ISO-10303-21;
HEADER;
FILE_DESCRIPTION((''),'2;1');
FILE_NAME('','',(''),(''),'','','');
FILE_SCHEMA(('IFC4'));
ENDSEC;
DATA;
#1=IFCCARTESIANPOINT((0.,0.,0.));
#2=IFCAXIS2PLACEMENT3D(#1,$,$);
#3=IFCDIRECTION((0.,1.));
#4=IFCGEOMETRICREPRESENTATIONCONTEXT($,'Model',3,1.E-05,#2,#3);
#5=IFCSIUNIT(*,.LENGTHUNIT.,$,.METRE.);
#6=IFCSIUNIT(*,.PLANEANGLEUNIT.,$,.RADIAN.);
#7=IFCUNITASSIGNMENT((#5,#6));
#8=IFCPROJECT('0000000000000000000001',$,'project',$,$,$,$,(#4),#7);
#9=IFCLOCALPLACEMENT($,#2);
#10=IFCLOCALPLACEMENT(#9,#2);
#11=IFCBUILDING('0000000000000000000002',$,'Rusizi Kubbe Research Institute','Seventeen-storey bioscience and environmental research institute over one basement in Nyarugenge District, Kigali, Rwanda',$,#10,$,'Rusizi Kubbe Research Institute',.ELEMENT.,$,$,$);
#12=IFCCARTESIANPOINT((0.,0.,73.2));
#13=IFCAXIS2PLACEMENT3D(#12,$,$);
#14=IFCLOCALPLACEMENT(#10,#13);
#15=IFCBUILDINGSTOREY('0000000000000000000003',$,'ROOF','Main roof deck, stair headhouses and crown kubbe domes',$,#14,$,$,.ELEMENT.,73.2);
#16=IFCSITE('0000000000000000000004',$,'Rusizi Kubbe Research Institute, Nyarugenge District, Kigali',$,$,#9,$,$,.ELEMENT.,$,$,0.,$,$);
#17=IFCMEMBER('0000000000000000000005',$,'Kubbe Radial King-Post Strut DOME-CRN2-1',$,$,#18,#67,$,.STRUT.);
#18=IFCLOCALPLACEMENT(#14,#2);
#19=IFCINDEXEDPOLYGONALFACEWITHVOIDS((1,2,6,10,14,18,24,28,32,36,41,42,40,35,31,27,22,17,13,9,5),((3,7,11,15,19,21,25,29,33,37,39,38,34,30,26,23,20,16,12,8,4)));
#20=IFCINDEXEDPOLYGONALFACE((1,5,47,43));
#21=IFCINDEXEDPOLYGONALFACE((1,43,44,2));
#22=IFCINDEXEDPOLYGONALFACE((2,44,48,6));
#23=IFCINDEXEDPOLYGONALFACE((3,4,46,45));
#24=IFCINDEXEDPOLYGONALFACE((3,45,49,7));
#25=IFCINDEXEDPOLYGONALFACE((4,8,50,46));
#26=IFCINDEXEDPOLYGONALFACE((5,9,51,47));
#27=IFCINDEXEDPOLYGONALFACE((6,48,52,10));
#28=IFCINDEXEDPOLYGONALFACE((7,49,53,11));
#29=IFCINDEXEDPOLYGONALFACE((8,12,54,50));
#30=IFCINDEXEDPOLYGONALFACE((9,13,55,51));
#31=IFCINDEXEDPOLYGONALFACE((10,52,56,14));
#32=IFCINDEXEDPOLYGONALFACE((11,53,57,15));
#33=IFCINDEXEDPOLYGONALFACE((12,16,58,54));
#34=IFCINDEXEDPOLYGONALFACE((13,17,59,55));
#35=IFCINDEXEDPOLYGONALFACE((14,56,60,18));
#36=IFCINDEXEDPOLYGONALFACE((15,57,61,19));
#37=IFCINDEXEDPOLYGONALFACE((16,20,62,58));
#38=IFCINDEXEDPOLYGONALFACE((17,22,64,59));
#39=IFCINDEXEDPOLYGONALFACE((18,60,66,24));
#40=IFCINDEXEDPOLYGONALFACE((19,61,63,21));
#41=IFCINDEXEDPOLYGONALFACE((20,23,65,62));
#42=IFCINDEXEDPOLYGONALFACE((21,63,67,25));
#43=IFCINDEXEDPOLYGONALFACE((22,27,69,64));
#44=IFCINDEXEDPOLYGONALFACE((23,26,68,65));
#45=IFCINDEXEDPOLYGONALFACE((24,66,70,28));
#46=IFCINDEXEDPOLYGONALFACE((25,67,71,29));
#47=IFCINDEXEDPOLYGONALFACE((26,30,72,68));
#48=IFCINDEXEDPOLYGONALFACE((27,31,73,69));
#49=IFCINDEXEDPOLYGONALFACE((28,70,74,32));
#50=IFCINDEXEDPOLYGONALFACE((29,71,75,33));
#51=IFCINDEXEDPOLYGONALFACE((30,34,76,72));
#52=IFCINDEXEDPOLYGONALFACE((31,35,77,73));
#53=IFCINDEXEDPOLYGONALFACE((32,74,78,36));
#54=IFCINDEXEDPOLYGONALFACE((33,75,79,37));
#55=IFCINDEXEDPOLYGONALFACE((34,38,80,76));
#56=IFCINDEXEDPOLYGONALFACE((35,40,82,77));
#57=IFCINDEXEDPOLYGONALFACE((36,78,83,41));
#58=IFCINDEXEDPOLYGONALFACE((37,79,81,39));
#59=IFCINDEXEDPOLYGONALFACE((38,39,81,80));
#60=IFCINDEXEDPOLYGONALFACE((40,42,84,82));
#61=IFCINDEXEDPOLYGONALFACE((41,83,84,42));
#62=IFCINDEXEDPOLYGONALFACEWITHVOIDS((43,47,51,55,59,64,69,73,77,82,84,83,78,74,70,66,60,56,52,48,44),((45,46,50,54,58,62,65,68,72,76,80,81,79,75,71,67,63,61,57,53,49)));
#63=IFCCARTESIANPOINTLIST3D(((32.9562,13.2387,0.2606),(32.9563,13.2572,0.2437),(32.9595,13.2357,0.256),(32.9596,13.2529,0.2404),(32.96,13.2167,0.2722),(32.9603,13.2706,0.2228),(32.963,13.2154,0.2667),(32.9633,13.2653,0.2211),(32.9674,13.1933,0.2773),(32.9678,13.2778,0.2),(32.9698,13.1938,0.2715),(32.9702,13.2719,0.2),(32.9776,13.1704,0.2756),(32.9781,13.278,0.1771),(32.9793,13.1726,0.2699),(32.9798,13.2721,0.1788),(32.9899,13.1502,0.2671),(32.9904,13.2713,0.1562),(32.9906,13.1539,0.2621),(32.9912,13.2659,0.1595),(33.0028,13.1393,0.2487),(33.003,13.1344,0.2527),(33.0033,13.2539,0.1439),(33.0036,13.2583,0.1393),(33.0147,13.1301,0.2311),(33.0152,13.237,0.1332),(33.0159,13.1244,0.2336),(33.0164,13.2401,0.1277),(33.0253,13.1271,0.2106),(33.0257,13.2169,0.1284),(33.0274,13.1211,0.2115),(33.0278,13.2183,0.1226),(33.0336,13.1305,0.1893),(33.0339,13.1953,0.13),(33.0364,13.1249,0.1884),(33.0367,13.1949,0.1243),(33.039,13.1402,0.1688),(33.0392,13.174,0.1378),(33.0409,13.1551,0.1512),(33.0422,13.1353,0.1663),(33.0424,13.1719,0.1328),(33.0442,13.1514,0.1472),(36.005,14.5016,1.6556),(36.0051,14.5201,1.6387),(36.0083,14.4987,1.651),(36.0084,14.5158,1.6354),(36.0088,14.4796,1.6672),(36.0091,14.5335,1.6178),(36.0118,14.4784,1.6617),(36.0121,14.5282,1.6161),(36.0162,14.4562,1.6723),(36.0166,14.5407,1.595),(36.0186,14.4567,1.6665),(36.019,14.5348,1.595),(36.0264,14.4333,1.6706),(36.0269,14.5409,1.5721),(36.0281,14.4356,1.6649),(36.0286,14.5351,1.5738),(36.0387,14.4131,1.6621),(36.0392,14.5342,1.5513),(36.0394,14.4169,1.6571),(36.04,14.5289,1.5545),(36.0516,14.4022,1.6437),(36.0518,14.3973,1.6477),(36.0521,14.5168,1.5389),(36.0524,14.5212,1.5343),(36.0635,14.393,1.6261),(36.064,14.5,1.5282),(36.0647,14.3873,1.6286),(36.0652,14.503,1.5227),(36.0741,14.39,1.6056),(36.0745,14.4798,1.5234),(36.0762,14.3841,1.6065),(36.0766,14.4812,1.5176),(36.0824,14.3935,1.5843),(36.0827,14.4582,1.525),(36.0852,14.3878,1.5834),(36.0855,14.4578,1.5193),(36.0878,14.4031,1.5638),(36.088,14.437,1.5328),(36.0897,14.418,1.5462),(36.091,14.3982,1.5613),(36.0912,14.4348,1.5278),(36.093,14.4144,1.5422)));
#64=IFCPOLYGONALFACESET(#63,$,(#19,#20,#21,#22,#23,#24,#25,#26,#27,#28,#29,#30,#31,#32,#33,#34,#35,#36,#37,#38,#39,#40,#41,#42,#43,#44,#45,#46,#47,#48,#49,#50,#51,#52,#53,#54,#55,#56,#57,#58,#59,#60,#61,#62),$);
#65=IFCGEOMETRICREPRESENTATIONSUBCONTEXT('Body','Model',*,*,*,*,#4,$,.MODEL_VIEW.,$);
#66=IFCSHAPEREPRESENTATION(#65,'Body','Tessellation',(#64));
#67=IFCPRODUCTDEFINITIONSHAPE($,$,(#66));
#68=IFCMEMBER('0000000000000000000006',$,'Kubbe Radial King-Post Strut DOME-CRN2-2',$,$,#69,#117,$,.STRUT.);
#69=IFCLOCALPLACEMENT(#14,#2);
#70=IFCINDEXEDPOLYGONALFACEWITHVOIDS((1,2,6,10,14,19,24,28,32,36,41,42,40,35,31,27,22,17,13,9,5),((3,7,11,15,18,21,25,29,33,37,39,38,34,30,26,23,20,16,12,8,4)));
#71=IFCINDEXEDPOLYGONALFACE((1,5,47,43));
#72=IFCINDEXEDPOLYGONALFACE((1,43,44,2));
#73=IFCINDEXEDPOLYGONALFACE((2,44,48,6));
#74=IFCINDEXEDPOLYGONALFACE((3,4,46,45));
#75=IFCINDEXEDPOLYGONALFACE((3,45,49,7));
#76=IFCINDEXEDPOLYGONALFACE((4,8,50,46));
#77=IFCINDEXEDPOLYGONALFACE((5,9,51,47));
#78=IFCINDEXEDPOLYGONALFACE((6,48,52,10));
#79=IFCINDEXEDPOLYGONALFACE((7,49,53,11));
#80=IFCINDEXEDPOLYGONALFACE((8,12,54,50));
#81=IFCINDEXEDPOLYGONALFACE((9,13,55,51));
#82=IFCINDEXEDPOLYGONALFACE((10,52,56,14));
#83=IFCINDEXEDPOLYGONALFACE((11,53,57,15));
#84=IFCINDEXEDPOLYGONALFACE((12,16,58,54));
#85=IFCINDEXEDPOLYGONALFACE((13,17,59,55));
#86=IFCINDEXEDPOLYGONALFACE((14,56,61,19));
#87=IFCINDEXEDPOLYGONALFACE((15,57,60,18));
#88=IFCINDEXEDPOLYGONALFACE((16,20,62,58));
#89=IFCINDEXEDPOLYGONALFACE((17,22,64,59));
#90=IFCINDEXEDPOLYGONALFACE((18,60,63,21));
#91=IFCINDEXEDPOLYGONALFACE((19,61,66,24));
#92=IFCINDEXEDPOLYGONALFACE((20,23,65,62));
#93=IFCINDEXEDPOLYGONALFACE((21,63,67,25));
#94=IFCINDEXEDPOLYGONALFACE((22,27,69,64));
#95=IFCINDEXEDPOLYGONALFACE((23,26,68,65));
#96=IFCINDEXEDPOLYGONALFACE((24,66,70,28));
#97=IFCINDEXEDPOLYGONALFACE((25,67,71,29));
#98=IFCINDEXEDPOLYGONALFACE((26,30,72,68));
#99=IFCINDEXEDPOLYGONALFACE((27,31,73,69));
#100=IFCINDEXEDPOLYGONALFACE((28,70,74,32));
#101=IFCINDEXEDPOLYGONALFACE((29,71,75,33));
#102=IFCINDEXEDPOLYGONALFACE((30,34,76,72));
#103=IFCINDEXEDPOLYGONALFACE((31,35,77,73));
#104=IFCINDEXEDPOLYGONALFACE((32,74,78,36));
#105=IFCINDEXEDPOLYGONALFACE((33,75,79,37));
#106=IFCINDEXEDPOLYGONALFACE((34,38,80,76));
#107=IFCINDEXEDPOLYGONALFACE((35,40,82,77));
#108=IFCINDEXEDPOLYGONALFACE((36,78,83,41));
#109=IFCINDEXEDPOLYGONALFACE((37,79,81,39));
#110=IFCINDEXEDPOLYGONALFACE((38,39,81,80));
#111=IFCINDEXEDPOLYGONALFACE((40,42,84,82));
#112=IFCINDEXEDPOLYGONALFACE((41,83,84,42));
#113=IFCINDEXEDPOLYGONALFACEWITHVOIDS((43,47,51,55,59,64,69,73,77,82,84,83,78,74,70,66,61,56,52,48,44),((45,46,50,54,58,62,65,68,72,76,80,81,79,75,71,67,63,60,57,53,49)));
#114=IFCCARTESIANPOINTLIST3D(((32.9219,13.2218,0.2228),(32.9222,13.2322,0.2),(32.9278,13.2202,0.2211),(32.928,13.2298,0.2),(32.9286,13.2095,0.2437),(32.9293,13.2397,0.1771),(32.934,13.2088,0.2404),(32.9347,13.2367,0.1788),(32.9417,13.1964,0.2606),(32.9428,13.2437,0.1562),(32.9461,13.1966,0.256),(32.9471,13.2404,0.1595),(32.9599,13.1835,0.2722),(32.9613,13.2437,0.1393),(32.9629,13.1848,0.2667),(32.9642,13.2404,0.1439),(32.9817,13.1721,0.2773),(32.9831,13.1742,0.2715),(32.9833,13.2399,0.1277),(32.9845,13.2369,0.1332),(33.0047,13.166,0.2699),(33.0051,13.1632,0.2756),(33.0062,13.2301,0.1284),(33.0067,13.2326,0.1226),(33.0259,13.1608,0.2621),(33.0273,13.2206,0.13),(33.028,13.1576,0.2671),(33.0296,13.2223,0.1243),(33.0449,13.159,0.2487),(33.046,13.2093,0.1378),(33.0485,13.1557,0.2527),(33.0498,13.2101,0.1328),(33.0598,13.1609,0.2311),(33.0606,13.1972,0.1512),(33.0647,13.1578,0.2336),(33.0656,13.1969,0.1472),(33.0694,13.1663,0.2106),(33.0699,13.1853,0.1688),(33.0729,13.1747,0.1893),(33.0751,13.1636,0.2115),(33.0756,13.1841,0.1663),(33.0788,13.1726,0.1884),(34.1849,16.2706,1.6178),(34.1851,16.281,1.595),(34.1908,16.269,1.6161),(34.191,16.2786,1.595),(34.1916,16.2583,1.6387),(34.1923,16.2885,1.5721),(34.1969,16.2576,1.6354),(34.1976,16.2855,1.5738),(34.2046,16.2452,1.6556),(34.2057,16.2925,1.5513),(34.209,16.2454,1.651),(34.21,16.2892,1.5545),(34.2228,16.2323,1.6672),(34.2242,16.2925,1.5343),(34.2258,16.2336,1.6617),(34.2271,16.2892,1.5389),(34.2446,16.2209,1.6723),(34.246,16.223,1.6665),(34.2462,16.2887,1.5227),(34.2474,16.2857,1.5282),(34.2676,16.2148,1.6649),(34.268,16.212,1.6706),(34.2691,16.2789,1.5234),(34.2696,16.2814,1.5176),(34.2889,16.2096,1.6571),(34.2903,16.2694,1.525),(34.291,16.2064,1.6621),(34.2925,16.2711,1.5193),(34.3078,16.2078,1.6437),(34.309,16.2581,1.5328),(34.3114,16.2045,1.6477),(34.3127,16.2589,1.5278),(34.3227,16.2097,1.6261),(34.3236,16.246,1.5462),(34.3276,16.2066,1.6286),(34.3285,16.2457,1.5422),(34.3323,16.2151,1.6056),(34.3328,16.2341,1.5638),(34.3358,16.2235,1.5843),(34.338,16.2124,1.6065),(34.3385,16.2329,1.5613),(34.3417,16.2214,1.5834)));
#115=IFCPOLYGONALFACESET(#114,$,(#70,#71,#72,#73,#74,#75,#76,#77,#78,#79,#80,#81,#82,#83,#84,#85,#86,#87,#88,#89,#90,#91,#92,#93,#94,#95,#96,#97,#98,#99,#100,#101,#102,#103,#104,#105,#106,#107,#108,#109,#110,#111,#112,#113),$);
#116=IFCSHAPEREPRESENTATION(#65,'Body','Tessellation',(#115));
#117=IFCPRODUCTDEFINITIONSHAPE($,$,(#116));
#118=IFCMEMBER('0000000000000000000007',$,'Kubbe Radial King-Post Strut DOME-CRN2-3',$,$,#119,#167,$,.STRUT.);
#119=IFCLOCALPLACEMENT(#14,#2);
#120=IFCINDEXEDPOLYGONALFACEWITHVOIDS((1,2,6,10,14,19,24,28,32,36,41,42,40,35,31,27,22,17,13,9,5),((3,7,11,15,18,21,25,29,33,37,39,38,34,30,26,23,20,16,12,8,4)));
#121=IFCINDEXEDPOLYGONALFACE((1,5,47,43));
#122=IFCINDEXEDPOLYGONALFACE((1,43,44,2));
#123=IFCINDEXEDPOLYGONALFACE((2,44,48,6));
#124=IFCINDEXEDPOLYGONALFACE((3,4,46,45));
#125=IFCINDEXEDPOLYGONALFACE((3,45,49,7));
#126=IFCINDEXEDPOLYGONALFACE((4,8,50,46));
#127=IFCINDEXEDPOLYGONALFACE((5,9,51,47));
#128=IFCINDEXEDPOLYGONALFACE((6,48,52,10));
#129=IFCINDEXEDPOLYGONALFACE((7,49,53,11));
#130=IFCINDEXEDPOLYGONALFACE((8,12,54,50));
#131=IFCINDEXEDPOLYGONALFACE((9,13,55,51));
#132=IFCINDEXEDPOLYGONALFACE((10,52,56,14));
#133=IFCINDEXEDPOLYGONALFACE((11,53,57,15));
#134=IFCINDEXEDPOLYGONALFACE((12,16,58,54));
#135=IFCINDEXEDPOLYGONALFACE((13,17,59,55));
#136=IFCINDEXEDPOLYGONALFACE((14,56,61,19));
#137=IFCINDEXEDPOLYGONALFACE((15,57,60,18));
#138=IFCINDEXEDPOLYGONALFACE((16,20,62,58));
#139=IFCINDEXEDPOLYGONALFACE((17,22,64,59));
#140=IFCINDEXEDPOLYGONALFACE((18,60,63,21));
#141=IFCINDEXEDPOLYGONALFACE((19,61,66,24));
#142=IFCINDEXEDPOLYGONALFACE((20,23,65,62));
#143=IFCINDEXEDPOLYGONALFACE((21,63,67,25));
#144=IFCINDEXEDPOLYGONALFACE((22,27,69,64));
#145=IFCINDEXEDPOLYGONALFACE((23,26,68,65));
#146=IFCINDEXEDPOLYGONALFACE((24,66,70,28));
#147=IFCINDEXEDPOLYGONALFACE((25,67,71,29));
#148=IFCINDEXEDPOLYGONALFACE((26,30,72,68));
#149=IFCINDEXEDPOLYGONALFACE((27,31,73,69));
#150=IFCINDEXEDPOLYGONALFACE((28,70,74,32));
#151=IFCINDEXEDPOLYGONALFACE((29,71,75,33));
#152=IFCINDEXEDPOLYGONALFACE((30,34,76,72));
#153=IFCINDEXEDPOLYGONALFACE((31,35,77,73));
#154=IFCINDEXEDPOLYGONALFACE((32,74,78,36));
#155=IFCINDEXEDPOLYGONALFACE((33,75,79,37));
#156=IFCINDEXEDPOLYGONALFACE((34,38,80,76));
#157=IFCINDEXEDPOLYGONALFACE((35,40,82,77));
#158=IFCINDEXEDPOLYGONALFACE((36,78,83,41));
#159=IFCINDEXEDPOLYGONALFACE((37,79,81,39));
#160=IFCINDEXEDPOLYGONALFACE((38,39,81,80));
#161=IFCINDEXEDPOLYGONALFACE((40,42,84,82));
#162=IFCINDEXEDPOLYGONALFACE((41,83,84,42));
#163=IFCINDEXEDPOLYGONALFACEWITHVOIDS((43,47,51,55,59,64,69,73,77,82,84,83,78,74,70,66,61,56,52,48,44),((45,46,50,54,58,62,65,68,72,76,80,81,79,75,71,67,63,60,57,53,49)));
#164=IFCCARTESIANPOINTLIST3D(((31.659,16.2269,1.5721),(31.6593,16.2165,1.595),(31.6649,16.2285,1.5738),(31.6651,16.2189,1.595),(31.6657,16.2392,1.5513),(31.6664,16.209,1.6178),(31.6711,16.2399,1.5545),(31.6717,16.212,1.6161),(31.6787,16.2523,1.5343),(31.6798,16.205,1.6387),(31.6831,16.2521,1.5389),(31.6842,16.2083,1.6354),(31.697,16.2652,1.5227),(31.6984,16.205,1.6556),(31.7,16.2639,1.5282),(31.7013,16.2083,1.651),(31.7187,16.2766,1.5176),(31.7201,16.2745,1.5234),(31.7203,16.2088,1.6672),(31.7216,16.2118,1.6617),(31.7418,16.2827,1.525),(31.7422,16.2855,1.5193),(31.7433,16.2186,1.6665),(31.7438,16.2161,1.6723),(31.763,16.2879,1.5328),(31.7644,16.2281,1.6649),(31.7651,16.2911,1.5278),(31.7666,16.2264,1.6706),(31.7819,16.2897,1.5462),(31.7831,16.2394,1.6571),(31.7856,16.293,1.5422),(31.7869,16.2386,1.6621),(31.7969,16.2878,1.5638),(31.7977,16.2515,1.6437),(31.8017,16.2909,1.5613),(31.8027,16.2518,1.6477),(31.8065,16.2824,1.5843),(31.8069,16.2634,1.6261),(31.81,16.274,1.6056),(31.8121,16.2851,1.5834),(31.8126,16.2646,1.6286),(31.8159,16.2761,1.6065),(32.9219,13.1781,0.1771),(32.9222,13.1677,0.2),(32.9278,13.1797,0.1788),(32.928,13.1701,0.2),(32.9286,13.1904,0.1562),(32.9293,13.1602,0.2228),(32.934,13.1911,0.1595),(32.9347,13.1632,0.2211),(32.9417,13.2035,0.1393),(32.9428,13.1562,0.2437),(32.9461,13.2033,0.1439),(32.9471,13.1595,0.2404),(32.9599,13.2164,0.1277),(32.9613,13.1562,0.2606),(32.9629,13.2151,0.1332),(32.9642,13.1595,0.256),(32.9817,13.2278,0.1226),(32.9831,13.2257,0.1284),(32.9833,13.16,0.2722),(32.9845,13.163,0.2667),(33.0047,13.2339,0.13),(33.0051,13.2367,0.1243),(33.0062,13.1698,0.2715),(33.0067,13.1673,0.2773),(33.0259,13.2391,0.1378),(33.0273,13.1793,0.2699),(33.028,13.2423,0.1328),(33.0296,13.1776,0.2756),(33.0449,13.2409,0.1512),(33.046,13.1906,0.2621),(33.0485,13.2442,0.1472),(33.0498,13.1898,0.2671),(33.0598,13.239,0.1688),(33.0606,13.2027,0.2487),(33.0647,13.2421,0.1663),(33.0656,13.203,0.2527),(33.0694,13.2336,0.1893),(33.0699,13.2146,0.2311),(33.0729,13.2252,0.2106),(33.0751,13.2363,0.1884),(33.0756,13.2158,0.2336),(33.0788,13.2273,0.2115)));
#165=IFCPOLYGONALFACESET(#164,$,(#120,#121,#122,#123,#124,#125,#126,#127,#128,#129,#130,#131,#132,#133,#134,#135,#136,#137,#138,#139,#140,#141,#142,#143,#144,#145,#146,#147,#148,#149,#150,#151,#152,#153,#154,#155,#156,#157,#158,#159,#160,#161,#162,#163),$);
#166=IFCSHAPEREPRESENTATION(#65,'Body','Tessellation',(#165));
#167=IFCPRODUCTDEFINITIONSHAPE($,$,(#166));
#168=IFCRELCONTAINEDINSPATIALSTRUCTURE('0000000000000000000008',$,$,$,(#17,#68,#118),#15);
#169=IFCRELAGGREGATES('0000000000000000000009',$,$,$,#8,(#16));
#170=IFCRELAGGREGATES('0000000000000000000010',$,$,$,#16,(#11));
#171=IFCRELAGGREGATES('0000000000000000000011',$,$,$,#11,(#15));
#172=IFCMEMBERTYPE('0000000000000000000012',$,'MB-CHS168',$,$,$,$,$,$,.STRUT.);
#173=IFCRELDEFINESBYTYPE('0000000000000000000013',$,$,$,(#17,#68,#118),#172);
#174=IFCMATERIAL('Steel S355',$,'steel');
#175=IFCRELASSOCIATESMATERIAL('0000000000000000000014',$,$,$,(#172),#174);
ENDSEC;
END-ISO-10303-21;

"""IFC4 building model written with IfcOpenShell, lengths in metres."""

from ifc_helpers import new_model, si_unit, direction, frame, origin, origin_2d, place, context, subcontext, project, spatial, hollow_circle, extrude, material, material_profile, profile_set, type_object, element, save


model = new_model("IFC4")

# Units and contexts
model_context = context("Model", 3, precision=1e-05, world=origin(), true_north=direction((0.0, 1.0)))
body_context = subcontext(model_context, "Body", "Model", "MODEL_VIEW")
ifc_project = project(units=[si_unit("LENGTHUNIT", "METRE"), si_unit("PLANEANGLEUNIT", "RADIAN")], contexts=[model_context])

# Site, building, storey
site_placement = place(None, origin())
site = spatial("IfcSite", under=ifc_project, at=site_placement, Name="Rusizi Kubbe Research Institute, Nyarugenge District, Kigali", CompositionType="ELEMENT", RefElevation=0.0)
building_placement = place(site_placement, origin())
building = spatial("IfcBuilding", under=site, at=building_placement, Name="Rusizi Kubbe Research Institute", Description="Seventeen-storey bioscience and environmental research institute over one basement in Nyarugenge District, Kigali, Rwanda", LongName="Rusizi Kubbe Research Institute", CompositionType="ELEMENT")
storey_placement = place(building_placement, frame((0.0, 0.0, 73.2)))
storey = spatial("IfcBuildingStorey", under=building, at=storey_placement, Name="ROOF", Description="Main roof deck, stair headhouses and crown kubbe domes", CompositionType="ELEMENT", Elevation=73.2)

# Members
ifc_material_1 = material(Name="Steel S355", Category="steel")
ifc_material_profile_1 = material_profile(ifc_material_1, hollow_circle(Radius=0.0842, WallThickness=0.0063, at=origin_2d()), Name="CHS 168.3x6.3")
ifc_profile_set_1 = profile_set([ifc_material_profile_1], Name="Steel S355")
member_type_1 = type_object("IfcMemberType", Name="MB-CHS168", PredefinedType="STRUT", material=ifc_profile_set_1)
for number, where, z_axis, x_axis, name in (
    (1, (33.0, 13.2, 0.2), (0.850963, 0.352501, 0.389366), (-0.382702, 0.923872, 0.0), "Kubbe Radial King-Post Strut DOME-CRN2-1"),
    (2, (33.0, 13.2, 0.2), (0.352501, 0.850963, 0.389366), (-0.923872, 0.382702, 0.0), "Kubbe Radial King-Post Strut DOME-CRN2-2"),
    (3, (33.0, 13.2, 0.2), (-0.352501, 0.850963, 0.389366), (-0.923872, -0.382702, 0.0), "Kubbe Radial King-Post Strut DOME-CRN2-3"),
):
    element("IfcMember", number, at=place(storey_placement, frame(where, z_axis=z_axis, x_axis=x_axis)), inside=storey, type_object=member_type_1, Name=name, PredefinedType="STRUT", context=body_context, shape_type="SweptSolid", body=[
        extrude(hollow_circle(Radius=0.0842, WallThickness=0.0063, at=origin_2d()), origin(), (0.0, 0.0, 1.0), 3.5828),
    ])

save(model, "model.ifc")
